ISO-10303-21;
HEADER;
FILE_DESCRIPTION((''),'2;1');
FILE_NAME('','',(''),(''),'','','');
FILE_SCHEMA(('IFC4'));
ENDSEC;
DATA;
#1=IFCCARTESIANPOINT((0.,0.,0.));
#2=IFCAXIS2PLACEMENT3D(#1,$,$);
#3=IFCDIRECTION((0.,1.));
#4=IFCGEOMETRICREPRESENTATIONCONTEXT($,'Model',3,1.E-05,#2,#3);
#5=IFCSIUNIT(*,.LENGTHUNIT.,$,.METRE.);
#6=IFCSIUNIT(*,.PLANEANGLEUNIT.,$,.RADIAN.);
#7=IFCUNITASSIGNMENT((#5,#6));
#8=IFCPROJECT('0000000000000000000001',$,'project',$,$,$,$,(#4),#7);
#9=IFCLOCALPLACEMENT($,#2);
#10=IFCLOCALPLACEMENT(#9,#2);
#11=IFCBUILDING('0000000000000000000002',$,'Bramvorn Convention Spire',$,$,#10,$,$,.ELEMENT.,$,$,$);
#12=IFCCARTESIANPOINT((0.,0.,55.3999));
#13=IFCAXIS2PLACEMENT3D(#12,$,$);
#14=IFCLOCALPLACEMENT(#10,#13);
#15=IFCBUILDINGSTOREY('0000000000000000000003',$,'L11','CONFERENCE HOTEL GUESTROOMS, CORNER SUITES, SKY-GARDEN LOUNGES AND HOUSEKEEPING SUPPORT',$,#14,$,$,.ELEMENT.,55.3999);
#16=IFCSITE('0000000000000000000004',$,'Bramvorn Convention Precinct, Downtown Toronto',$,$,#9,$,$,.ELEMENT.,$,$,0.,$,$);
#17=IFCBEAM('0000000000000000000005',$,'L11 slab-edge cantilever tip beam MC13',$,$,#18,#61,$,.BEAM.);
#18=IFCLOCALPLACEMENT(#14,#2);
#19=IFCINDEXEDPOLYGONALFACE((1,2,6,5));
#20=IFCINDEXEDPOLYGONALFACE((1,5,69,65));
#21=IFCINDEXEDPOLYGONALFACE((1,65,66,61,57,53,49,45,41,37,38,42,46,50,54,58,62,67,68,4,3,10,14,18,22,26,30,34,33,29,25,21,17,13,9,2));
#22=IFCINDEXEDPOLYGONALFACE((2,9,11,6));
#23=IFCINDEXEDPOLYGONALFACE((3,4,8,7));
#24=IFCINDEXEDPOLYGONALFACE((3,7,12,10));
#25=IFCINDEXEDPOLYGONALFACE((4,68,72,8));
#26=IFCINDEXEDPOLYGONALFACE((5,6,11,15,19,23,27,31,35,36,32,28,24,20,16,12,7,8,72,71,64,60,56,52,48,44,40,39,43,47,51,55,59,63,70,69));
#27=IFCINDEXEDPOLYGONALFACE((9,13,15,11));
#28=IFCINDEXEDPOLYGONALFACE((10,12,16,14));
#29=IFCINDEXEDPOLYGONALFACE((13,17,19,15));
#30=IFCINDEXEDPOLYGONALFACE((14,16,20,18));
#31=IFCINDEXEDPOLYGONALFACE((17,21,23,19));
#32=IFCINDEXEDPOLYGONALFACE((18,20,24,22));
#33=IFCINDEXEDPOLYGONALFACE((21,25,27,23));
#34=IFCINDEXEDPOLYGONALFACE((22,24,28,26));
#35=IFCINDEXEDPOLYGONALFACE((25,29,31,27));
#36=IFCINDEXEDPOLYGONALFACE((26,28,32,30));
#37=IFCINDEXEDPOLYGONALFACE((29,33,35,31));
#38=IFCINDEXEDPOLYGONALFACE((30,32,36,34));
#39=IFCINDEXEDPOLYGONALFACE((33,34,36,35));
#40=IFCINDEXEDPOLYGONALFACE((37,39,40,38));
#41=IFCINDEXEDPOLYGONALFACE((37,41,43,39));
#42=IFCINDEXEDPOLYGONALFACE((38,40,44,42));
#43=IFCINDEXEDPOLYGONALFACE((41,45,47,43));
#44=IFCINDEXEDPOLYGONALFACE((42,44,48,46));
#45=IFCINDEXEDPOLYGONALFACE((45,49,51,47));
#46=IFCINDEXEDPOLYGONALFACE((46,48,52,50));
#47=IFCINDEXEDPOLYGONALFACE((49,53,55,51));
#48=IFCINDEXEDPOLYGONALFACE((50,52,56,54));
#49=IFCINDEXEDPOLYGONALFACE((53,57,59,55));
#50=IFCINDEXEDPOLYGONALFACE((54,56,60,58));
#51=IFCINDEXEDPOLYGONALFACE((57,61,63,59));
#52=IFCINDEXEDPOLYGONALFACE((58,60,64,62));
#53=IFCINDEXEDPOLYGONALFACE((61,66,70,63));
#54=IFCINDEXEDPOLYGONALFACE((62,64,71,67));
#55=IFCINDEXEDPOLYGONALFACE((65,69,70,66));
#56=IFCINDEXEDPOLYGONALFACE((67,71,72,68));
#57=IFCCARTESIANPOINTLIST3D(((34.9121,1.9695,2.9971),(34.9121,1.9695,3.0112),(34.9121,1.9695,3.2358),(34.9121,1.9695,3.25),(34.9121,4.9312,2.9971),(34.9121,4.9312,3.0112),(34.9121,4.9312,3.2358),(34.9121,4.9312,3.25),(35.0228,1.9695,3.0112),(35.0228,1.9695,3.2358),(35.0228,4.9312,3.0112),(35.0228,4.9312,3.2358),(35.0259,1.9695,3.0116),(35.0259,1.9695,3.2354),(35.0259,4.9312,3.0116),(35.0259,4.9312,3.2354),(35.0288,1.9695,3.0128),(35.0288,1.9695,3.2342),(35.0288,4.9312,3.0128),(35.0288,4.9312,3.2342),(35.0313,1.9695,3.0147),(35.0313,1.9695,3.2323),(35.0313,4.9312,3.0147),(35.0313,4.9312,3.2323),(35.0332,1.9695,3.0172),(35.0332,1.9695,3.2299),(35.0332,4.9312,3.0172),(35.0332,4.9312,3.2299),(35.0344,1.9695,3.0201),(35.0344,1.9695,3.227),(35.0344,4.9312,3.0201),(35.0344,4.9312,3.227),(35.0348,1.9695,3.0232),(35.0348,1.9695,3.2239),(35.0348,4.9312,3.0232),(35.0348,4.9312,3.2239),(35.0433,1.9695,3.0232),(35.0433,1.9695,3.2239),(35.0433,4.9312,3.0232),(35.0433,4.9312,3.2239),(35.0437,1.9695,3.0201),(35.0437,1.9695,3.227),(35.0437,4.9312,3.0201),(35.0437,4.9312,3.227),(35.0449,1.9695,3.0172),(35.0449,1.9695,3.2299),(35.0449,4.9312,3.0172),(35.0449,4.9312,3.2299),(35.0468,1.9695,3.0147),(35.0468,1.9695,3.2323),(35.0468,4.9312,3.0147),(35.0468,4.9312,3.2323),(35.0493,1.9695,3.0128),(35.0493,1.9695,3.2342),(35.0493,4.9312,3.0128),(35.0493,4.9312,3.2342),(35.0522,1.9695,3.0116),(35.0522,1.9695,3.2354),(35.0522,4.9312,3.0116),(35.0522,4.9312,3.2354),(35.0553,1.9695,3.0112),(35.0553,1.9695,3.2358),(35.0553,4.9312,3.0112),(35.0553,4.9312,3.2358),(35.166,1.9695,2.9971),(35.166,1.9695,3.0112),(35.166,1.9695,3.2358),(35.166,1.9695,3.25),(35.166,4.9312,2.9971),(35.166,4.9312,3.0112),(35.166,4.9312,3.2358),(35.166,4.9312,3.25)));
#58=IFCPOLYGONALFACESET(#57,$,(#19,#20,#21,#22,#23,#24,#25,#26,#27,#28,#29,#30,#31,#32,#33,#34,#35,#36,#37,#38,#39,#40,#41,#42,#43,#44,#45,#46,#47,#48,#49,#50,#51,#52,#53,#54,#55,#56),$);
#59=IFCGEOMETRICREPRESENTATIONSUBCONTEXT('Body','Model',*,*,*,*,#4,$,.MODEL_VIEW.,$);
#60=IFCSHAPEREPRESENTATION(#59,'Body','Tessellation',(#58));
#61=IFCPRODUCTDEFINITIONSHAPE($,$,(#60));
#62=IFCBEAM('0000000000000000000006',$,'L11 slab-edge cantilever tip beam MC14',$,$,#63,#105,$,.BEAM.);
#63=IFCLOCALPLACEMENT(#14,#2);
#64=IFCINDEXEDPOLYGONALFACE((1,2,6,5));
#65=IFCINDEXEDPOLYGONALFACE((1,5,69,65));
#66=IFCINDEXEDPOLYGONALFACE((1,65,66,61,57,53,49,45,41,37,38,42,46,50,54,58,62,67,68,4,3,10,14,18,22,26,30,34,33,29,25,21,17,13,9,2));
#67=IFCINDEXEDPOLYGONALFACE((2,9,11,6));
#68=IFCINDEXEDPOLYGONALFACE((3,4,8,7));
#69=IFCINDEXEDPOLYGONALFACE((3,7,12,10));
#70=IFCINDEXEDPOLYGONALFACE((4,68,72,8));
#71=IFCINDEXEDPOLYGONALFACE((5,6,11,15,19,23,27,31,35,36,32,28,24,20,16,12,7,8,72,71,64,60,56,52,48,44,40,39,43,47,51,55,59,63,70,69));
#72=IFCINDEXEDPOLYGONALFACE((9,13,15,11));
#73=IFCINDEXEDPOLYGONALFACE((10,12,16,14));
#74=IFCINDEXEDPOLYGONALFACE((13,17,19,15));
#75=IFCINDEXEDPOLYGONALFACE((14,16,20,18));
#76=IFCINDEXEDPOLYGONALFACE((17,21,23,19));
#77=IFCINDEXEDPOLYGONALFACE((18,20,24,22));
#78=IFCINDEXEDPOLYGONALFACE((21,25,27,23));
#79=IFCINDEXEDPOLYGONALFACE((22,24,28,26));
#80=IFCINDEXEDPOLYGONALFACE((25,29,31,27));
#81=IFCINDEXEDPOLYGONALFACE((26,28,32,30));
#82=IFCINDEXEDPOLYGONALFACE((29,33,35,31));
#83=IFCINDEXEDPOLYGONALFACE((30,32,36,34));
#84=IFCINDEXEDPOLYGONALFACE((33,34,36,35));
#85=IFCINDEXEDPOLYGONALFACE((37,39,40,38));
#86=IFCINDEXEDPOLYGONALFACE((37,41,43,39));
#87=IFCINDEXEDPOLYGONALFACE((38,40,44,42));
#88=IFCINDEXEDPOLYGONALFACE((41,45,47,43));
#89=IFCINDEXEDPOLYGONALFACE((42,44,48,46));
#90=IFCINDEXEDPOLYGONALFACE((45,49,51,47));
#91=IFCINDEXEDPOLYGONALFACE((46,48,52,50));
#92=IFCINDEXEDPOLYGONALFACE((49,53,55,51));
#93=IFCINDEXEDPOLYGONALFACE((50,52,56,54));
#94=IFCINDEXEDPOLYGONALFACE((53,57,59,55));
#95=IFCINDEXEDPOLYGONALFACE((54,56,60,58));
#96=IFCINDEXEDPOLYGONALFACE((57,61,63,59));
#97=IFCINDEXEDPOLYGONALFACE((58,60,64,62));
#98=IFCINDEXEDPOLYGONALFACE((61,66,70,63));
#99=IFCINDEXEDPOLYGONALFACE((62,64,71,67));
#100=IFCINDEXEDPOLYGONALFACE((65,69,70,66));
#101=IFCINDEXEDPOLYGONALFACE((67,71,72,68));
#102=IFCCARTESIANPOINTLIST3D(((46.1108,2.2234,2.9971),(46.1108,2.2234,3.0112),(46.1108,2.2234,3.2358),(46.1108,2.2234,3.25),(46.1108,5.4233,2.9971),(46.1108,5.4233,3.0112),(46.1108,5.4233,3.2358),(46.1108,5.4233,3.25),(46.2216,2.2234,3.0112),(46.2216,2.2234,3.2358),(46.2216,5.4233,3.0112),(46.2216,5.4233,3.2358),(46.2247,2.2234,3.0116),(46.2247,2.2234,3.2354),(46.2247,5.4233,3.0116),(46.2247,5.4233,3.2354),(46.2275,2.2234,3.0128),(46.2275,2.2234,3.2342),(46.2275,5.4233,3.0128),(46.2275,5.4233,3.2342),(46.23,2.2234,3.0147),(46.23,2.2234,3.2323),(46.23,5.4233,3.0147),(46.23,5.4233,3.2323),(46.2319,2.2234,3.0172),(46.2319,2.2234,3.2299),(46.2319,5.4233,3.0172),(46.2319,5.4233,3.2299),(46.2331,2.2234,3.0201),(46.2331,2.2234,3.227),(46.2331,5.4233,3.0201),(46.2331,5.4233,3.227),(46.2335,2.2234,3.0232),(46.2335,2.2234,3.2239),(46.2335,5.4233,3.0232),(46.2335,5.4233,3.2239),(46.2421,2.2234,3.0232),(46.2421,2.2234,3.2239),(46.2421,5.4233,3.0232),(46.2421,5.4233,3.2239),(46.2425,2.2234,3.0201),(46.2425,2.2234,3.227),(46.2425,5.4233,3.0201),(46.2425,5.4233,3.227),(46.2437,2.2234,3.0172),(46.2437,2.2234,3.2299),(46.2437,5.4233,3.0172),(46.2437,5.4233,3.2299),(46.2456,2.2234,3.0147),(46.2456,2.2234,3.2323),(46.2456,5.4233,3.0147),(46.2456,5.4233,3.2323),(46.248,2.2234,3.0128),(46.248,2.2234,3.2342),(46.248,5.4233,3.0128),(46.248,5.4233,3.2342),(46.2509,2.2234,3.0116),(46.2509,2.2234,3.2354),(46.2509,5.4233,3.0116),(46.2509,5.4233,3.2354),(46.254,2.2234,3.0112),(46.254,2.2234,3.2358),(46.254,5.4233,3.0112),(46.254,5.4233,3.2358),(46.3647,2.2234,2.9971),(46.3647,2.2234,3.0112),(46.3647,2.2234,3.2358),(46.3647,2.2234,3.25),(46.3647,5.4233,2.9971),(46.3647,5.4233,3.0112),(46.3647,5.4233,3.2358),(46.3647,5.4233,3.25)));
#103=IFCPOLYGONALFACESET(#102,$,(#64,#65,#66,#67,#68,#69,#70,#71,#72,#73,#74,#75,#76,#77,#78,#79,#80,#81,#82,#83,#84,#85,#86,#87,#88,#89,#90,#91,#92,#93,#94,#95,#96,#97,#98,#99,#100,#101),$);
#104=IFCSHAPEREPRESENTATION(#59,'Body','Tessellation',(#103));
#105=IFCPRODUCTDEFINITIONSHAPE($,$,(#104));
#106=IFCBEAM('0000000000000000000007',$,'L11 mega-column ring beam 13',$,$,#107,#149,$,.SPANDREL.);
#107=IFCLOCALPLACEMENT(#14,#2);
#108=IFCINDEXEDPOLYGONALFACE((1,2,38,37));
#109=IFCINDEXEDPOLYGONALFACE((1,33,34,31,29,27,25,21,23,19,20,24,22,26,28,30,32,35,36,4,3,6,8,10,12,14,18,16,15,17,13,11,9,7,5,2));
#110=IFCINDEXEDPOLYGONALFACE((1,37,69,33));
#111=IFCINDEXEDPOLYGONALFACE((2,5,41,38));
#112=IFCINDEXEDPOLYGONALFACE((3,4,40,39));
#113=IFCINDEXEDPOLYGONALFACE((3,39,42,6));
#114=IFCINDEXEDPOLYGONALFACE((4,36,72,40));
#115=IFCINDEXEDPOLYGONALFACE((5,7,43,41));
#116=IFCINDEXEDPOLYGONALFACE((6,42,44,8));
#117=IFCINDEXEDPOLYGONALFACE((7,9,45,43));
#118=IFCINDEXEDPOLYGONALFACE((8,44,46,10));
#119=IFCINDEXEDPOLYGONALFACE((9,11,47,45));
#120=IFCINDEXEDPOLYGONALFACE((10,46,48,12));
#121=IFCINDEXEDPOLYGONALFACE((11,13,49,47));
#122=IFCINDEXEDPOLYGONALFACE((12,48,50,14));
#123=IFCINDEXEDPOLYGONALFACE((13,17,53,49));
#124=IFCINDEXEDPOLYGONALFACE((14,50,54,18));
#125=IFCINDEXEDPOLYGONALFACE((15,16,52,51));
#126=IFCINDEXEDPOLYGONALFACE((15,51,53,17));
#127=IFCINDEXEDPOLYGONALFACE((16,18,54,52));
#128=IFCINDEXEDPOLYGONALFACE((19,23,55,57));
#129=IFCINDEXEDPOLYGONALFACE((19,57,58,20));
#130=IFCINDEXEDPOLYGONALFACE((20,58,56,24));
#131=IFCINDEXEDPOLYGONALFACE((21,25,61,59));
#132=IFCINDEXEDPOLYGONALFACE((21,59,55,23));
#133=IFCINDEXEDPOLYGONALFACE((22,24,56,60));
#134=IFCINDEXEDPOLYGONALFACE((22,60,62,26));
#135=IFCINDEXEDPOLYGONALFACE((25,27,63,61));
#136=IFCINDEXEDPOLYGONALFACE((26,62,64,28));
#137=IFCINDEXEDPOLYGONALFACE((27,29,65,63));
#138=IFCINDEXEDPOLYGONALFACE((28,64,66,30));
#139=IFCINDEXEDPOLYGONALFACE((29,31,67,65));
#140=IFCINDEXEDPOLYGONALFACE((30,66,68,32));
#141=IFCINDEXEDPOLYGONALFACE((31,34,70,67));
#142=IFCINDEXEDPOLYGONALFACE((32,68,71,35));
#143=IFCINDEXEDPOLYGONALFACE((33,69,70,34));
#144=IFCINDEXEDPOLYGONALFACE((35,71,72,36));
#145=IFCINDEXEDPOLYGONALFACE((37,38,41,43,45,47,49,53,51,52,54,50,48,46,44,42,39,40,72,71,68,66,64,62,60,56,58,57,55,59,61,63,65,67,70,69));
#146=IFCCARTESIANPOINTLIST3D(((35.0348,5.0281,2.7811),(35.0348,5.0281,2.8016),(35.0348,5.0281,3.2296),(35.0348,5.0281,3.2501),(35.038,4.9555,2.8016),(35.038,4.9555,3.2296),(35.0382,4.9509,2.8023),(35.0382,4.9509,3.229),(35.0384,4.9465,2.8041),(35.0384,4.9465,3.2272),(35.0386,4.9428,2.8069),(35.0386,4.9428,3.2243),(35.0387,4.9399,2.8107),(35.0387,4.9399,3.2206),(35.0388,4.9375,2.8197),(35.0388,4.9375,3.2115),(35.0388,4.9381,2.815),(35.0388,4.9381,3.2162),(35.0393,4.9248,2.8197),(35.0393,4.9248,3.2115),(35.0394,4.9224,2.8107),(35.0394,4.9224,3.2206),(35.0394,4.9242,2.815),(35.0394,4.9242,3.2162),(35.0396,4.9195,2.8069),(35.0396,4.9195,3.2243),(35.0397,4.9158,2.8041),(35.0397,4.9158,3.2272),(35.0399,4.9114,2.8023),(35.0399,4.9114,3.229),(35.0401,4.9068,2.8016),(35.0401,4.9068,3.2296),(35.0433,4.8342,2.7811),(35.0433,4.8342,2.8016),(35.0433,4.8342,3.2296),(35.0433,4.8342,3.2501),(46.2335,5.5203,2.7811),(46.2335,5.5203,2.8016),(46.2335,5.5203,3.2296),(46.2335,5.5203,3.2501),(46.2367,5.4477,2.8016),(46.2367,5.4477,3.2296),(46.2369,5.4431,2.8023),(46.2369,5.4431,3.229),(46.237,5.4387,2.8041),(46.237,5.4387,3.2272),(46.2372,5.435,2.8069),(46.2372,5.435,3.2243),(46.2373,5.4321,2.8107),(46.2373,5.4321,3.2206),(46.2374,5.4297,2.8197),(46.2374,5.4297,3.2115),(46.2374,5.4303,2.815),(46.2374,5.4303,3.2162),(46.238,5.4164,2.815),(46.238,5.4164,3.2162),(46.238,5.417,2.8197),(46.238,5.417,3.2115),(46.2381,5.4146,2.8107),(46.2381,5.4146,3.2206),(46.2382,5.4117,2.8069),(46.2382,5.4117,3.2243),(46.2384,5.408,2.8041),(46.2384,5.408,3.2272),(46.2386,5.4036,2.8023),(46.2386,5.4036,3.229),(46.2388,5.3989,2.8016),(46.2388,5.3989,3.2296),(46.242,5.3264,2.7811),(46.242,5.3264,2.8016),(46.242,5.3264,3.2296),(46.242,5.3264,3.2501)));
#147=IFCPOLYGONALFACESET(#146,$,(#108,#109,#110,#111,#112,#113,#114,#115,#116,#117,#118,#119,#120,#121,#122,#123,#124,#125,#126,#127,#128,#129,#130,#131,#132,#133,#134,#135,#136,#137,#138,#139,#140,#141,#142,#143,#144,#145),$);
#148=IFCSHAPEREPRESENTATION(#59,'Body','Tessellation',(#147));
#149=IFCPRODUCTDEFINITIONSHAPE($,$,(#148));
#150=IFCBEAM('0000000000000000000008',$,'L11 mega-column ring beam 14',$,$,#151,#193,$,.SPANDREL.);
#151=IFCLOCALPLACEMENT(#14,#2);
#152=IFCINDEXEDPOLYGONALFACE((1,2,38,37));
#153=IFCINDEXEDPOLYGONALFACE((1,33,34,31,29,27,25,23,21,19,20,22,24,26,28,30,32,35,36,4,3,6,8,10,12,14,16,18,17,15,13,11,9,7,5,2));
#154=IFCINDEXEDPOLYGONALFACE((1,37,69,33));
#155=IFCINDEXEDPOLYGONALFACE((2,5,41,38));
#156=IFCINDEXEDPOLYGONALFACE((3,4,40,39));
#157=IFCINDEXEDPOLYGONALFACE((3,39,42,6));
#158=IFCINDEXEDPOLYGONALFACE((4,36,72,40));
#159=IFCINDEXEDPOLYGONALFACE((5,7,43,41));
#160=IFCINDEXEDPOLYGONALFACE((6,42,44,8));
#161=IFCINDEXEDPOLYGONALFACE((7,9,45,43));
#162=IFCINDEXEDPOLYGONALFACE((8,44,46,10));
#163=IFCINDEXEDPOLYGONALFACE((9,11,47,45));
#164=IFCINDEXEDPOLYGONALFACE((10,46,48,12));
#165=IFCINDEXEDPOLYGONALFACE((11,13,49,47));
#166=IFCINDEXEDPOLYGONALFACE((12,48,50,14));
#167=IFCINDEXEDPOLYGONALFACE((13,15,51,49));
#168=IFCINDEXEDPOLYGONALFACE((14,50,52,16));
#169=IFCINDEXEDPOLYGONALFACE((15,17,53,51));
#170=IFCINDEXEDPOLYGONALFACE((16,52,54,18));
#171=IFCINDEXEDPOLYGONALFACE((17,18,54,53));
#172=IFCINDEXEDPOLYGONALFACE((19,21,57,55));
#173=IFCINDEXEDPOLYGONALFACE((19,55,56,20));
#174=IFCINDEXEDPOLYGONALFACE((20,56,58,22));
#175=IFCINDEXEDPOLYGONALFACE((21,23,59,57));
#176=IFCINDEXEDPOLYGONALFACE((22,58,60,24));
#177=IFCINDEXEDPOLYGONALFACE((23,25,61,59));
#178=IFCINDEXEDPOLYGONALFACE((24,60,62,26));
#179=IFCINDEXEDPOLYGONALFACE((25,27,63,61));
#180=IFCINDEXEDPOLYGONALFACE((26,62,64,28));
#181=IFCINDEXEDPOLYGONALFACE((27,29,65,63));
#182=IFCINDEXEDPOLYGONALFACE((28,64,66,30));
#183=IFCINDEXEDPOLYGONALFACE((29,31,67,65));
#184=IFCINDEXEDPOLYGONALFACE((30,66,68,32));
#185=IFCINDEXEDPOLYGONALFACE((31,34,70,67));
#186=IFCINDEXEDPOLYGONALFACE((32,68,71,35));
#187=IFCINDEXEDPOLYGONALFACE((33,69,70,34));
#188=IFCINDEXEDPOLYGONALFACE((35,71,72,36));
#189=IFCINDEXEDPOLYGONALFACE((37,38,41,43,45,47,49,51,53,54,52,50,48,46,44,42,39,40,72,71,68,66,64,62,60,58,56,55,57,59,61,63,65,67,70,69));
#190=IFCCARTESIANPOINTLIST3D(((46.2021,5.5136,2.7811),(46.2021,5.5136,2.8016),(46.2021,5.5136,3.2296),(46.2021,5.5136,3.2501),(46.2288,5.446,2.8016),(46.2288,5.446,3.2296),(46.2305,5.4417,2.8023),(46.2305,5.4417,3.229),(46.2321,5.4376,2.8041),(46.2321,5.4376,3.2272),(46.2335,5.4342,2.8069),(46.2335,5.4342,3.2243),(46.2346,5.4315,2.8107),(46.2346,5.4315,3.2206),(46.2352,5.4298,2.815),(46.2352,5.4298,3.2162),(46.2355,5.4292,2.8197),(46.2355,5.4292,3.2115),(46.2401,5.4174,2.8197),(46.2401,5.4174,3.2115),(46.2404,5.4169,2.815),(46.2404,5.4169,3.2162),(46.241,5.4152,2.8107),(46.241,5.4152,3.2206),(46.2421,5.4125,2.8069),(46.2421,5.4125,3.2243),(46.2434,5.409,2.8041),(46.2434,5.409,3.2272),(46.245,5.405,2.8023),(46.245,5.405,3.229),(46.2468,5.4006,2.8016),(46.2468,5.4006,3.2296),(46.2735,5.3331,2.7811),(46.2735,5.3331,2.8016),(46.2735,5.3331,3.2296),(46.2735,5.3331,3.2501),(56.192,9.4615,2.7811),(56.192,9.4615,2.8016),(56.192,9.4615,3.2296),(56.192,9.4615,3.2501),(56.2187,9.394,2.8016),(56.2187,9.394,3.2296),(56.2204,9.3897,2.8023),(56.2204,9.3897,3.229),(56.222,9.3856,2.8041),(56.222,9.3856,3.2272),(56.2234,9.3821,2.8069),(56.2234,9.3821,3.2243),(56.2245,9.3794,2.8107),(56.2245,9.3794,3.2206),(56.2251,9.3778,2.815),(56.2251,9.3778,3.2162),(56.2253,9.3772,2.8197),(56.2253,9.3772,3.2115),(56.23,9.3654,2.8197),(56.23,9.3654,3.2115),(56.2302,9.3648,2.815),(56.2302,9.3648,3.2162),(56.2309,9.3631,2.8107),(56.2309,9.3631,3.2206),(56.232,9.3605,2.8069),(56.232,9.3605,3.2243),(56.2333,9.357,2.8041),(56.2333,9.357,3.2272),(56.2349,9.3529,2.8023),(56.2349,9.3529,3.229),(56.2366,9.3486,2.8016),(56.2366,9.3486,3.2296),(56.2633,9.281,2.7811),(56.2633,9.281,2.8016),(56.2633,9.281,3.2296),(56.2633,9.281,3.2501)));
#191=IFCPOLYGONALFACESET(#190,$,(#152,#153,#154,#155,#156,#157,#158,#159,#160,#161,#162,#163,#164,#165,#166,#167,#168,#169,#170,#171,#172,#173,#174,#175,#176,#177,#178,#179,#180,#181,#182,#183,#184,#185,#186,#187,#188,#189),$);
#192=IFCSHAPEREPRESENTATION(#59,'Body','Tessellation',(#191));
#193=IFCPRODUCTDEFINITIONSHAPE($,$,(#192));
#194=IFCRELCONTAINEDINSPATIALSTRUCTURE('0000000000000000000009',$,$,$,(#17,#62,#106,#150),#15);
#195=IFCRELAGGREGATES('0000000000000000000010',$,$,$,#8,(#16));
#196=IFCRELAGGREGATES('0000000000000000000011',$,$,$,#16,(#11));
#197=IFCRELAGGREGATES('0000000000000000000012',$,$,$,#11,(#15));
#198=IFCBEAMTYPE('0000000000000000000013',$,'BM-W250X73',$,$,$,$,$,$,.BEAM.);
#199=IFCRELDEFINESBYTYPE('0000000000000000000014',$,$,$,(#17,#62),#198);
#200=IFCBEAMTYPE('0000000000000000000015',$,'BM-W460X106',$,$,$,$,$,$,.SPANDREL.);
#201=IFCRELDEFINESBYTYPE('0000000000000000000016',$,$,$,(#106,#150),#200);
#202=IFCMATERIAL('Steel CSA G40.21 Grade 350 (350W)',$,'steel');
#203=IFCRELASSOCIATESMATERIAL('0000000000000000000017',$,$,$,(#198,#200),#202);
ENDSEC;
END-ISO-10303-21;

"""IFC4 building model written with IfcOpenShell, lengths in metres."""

from ifc_helpers import new_model, si_unit, direction, frame, origin, origin_2d, place, context, subcontext, project, spatial, i_section, extrude, material, material_profile, profile_set, type_object, element, save


model = new_model("IFC4")

# Units and contexts
model_context = context("Model", 3, precision=1e-05, world=origin(), true_north=direction((0.0, 1.0)))
body_context = subcontext(model_context, "Body", "Model", "MODEL_VIEW")
ifc_project = project(units=[si_unit("LENGTHUNIT", "METRE"), si_unit("PLANEANGLEUNIT", "RADIAN")], contexts=[model_context])

# Site, building, storey
site_placement = place(None, origin())
site = spatial("IfcSite", under=ifc_project, at=site_placement, Name="Bramvorn Convention Precinct, Downtown Toronto", CompositionType="ELEMENT", RefElevation=0.0)
building_placement = place(site_placement, origin())
building = spatial("IfcBuilding", under=site, at=building_placement, Name="Bramvorn Convention Spire", CompositionType="ELEMENT")
storey_placement = place(building_placement, frame((0.0, 0.0, 55.3999)))
storey = spatial("IfcBuildingStorey", under=building, at=storey_placement, Name="L11", Description="CONFERENCE HOTEL GUESTROOMS, CORNER SUITES, SKY-GARDEN LOUNGES AND HOUSEKEEPING SUPPORT", CompositionType="ELEMENT", Elevation=55.3999)

# Shared definitions
ifc_material_1 = material(Name="Steel CSA G40.21 Grade 350 (350W)", Category="steel")

# Beams
ifc_material_profile_1 = material_profile(ifc_material_1, i_section(OverallWidth=0.2539, OverallDepth=0.2529, WebThickness=0.0085, FlangeThickness=0.0142, FilletRadius=0.012, at=origin_2d()))
ifc_profile_set_1 = profile_set([ifc_material_profile_1], Name="Steel CSA G40.21 Grade 350 (350W) - W250X73")
beam_type_1 = type_object("IfcBeamType", Name="BM-W250X73", PredefinedType="BEAM", material=ifc_profile_set_1)
beam_1_placement = place(storey_placement, frame((35.0391, 4.9312, 3.1235), z_axis=(0.0, -1.0, 0.0), x_axis=(1.0, 0.0, 0.0)))
element("IfcBeam", 1, at=beam_1_placement, inside=storey, type_object=beam_type_1, Name="L11 slab-edge cantilever tip beam MC13", PredefinedType="BEAM", context=body_context, shape_type="SweptSolid", body=[
    extrude(i_section(OverallWidth=0.2539, OverallDepth=0.2529, WebThickness=0.0085, FlangeThickness=0.0142, FilletRadius=0.012, at=origin_2d()), origin(), (0.0, 0.0, 1.0), 2.9617),
])
beam_2_placement = place(storey_placement, frame((46.2378, 5.4233, 3.1235), z_axis=(0.0, -1.0, 0.0), x_axis=(1.0, 0.0, 0.0)))
element("IfcBeam", 2, at=beam_2_placement, inside=storey, type_object=beam_type_1, Name="L11 slab-edge cantilever tip beam MC14", PredefinedType="BEAM", context=body_context, shape_type="SweptSolid", body=[
    extrude(i_section(OverallWidth=0.2539, OverallDepth=0.2529, WebThickness=0.0085, FlangeThickness=0.0142, FilletRadius=0.012, at=origin_2d()), origin(), (0.0, 0.0, 1.0), 3.2),
])
ifc_material_profile_2 = material_profile(ifc_material_1, i_section(OverallWidth=0.1941, OverallDepth=0.469, WebThickness=0.0127, FlangeThickness=0.0205, FilletRadius=0.0181, at=origin_2d()))
ifc_profile_set_2 = profile_set([ifc_material_profile_2], Name="Steel CSA G40.21 Grade 350 (350W) - W460X106")
beam_type_2 = type_object("IfcBeamType", Name="BM-W460X106", PredefinedType="SPANDREL", material=ifc_profile_set_2)
beam_3_placement = place(storey_placement, frame((35.0391, 4.9312, 3.0156), z_axis=(0.999036, 0.043908, 0.0), x_axis=(-0.043908, 0.999036, 0.0)))
element("IfcBeam", 3, at=beam_3_placement, inside=storey, type_object=beam_type_2, Name="L11 mega-column ring beam 13", PredefinedType="SPANDREL", context=body_context, shape_type="SweptSolid", body=[
    extrude(i_section(OverallWidth=0.1941, OverallDepth=0.469, WebThickness=0.0127, FlangeThickness=0.0205, FilletRadius=0.0181, at=origin_2d()), origin(), (0.0, 0.0, 1.0), 11.2095),
])
beam_4_placement = place(storey_placement, frame((46.2378, 5.4233, 3.0156), z_axis=(0.93001, 0.367535, 0.0), x_axis=(-0.367535, 0.93001, 0.0)))
element("IfcBeam", 4, at=beam_4_placement, inside=storey, type_object=beam_type_2, Name="L11 mega-column ring beam 14", PredefinedType="SPANDREL", context=body_context, shape_type="SweptSolid", body=[
    extrude(i_section(OverallWidth=0.1941, OverallDepth=0.469, WebThickness=0.0127, FlangeThickness=0.0205, FilletRadius=0.0181, at=origin_2d()), origin(), (0.0, 0.0, 1.0), 10.7417),
])

save(model, "model.ifc")
